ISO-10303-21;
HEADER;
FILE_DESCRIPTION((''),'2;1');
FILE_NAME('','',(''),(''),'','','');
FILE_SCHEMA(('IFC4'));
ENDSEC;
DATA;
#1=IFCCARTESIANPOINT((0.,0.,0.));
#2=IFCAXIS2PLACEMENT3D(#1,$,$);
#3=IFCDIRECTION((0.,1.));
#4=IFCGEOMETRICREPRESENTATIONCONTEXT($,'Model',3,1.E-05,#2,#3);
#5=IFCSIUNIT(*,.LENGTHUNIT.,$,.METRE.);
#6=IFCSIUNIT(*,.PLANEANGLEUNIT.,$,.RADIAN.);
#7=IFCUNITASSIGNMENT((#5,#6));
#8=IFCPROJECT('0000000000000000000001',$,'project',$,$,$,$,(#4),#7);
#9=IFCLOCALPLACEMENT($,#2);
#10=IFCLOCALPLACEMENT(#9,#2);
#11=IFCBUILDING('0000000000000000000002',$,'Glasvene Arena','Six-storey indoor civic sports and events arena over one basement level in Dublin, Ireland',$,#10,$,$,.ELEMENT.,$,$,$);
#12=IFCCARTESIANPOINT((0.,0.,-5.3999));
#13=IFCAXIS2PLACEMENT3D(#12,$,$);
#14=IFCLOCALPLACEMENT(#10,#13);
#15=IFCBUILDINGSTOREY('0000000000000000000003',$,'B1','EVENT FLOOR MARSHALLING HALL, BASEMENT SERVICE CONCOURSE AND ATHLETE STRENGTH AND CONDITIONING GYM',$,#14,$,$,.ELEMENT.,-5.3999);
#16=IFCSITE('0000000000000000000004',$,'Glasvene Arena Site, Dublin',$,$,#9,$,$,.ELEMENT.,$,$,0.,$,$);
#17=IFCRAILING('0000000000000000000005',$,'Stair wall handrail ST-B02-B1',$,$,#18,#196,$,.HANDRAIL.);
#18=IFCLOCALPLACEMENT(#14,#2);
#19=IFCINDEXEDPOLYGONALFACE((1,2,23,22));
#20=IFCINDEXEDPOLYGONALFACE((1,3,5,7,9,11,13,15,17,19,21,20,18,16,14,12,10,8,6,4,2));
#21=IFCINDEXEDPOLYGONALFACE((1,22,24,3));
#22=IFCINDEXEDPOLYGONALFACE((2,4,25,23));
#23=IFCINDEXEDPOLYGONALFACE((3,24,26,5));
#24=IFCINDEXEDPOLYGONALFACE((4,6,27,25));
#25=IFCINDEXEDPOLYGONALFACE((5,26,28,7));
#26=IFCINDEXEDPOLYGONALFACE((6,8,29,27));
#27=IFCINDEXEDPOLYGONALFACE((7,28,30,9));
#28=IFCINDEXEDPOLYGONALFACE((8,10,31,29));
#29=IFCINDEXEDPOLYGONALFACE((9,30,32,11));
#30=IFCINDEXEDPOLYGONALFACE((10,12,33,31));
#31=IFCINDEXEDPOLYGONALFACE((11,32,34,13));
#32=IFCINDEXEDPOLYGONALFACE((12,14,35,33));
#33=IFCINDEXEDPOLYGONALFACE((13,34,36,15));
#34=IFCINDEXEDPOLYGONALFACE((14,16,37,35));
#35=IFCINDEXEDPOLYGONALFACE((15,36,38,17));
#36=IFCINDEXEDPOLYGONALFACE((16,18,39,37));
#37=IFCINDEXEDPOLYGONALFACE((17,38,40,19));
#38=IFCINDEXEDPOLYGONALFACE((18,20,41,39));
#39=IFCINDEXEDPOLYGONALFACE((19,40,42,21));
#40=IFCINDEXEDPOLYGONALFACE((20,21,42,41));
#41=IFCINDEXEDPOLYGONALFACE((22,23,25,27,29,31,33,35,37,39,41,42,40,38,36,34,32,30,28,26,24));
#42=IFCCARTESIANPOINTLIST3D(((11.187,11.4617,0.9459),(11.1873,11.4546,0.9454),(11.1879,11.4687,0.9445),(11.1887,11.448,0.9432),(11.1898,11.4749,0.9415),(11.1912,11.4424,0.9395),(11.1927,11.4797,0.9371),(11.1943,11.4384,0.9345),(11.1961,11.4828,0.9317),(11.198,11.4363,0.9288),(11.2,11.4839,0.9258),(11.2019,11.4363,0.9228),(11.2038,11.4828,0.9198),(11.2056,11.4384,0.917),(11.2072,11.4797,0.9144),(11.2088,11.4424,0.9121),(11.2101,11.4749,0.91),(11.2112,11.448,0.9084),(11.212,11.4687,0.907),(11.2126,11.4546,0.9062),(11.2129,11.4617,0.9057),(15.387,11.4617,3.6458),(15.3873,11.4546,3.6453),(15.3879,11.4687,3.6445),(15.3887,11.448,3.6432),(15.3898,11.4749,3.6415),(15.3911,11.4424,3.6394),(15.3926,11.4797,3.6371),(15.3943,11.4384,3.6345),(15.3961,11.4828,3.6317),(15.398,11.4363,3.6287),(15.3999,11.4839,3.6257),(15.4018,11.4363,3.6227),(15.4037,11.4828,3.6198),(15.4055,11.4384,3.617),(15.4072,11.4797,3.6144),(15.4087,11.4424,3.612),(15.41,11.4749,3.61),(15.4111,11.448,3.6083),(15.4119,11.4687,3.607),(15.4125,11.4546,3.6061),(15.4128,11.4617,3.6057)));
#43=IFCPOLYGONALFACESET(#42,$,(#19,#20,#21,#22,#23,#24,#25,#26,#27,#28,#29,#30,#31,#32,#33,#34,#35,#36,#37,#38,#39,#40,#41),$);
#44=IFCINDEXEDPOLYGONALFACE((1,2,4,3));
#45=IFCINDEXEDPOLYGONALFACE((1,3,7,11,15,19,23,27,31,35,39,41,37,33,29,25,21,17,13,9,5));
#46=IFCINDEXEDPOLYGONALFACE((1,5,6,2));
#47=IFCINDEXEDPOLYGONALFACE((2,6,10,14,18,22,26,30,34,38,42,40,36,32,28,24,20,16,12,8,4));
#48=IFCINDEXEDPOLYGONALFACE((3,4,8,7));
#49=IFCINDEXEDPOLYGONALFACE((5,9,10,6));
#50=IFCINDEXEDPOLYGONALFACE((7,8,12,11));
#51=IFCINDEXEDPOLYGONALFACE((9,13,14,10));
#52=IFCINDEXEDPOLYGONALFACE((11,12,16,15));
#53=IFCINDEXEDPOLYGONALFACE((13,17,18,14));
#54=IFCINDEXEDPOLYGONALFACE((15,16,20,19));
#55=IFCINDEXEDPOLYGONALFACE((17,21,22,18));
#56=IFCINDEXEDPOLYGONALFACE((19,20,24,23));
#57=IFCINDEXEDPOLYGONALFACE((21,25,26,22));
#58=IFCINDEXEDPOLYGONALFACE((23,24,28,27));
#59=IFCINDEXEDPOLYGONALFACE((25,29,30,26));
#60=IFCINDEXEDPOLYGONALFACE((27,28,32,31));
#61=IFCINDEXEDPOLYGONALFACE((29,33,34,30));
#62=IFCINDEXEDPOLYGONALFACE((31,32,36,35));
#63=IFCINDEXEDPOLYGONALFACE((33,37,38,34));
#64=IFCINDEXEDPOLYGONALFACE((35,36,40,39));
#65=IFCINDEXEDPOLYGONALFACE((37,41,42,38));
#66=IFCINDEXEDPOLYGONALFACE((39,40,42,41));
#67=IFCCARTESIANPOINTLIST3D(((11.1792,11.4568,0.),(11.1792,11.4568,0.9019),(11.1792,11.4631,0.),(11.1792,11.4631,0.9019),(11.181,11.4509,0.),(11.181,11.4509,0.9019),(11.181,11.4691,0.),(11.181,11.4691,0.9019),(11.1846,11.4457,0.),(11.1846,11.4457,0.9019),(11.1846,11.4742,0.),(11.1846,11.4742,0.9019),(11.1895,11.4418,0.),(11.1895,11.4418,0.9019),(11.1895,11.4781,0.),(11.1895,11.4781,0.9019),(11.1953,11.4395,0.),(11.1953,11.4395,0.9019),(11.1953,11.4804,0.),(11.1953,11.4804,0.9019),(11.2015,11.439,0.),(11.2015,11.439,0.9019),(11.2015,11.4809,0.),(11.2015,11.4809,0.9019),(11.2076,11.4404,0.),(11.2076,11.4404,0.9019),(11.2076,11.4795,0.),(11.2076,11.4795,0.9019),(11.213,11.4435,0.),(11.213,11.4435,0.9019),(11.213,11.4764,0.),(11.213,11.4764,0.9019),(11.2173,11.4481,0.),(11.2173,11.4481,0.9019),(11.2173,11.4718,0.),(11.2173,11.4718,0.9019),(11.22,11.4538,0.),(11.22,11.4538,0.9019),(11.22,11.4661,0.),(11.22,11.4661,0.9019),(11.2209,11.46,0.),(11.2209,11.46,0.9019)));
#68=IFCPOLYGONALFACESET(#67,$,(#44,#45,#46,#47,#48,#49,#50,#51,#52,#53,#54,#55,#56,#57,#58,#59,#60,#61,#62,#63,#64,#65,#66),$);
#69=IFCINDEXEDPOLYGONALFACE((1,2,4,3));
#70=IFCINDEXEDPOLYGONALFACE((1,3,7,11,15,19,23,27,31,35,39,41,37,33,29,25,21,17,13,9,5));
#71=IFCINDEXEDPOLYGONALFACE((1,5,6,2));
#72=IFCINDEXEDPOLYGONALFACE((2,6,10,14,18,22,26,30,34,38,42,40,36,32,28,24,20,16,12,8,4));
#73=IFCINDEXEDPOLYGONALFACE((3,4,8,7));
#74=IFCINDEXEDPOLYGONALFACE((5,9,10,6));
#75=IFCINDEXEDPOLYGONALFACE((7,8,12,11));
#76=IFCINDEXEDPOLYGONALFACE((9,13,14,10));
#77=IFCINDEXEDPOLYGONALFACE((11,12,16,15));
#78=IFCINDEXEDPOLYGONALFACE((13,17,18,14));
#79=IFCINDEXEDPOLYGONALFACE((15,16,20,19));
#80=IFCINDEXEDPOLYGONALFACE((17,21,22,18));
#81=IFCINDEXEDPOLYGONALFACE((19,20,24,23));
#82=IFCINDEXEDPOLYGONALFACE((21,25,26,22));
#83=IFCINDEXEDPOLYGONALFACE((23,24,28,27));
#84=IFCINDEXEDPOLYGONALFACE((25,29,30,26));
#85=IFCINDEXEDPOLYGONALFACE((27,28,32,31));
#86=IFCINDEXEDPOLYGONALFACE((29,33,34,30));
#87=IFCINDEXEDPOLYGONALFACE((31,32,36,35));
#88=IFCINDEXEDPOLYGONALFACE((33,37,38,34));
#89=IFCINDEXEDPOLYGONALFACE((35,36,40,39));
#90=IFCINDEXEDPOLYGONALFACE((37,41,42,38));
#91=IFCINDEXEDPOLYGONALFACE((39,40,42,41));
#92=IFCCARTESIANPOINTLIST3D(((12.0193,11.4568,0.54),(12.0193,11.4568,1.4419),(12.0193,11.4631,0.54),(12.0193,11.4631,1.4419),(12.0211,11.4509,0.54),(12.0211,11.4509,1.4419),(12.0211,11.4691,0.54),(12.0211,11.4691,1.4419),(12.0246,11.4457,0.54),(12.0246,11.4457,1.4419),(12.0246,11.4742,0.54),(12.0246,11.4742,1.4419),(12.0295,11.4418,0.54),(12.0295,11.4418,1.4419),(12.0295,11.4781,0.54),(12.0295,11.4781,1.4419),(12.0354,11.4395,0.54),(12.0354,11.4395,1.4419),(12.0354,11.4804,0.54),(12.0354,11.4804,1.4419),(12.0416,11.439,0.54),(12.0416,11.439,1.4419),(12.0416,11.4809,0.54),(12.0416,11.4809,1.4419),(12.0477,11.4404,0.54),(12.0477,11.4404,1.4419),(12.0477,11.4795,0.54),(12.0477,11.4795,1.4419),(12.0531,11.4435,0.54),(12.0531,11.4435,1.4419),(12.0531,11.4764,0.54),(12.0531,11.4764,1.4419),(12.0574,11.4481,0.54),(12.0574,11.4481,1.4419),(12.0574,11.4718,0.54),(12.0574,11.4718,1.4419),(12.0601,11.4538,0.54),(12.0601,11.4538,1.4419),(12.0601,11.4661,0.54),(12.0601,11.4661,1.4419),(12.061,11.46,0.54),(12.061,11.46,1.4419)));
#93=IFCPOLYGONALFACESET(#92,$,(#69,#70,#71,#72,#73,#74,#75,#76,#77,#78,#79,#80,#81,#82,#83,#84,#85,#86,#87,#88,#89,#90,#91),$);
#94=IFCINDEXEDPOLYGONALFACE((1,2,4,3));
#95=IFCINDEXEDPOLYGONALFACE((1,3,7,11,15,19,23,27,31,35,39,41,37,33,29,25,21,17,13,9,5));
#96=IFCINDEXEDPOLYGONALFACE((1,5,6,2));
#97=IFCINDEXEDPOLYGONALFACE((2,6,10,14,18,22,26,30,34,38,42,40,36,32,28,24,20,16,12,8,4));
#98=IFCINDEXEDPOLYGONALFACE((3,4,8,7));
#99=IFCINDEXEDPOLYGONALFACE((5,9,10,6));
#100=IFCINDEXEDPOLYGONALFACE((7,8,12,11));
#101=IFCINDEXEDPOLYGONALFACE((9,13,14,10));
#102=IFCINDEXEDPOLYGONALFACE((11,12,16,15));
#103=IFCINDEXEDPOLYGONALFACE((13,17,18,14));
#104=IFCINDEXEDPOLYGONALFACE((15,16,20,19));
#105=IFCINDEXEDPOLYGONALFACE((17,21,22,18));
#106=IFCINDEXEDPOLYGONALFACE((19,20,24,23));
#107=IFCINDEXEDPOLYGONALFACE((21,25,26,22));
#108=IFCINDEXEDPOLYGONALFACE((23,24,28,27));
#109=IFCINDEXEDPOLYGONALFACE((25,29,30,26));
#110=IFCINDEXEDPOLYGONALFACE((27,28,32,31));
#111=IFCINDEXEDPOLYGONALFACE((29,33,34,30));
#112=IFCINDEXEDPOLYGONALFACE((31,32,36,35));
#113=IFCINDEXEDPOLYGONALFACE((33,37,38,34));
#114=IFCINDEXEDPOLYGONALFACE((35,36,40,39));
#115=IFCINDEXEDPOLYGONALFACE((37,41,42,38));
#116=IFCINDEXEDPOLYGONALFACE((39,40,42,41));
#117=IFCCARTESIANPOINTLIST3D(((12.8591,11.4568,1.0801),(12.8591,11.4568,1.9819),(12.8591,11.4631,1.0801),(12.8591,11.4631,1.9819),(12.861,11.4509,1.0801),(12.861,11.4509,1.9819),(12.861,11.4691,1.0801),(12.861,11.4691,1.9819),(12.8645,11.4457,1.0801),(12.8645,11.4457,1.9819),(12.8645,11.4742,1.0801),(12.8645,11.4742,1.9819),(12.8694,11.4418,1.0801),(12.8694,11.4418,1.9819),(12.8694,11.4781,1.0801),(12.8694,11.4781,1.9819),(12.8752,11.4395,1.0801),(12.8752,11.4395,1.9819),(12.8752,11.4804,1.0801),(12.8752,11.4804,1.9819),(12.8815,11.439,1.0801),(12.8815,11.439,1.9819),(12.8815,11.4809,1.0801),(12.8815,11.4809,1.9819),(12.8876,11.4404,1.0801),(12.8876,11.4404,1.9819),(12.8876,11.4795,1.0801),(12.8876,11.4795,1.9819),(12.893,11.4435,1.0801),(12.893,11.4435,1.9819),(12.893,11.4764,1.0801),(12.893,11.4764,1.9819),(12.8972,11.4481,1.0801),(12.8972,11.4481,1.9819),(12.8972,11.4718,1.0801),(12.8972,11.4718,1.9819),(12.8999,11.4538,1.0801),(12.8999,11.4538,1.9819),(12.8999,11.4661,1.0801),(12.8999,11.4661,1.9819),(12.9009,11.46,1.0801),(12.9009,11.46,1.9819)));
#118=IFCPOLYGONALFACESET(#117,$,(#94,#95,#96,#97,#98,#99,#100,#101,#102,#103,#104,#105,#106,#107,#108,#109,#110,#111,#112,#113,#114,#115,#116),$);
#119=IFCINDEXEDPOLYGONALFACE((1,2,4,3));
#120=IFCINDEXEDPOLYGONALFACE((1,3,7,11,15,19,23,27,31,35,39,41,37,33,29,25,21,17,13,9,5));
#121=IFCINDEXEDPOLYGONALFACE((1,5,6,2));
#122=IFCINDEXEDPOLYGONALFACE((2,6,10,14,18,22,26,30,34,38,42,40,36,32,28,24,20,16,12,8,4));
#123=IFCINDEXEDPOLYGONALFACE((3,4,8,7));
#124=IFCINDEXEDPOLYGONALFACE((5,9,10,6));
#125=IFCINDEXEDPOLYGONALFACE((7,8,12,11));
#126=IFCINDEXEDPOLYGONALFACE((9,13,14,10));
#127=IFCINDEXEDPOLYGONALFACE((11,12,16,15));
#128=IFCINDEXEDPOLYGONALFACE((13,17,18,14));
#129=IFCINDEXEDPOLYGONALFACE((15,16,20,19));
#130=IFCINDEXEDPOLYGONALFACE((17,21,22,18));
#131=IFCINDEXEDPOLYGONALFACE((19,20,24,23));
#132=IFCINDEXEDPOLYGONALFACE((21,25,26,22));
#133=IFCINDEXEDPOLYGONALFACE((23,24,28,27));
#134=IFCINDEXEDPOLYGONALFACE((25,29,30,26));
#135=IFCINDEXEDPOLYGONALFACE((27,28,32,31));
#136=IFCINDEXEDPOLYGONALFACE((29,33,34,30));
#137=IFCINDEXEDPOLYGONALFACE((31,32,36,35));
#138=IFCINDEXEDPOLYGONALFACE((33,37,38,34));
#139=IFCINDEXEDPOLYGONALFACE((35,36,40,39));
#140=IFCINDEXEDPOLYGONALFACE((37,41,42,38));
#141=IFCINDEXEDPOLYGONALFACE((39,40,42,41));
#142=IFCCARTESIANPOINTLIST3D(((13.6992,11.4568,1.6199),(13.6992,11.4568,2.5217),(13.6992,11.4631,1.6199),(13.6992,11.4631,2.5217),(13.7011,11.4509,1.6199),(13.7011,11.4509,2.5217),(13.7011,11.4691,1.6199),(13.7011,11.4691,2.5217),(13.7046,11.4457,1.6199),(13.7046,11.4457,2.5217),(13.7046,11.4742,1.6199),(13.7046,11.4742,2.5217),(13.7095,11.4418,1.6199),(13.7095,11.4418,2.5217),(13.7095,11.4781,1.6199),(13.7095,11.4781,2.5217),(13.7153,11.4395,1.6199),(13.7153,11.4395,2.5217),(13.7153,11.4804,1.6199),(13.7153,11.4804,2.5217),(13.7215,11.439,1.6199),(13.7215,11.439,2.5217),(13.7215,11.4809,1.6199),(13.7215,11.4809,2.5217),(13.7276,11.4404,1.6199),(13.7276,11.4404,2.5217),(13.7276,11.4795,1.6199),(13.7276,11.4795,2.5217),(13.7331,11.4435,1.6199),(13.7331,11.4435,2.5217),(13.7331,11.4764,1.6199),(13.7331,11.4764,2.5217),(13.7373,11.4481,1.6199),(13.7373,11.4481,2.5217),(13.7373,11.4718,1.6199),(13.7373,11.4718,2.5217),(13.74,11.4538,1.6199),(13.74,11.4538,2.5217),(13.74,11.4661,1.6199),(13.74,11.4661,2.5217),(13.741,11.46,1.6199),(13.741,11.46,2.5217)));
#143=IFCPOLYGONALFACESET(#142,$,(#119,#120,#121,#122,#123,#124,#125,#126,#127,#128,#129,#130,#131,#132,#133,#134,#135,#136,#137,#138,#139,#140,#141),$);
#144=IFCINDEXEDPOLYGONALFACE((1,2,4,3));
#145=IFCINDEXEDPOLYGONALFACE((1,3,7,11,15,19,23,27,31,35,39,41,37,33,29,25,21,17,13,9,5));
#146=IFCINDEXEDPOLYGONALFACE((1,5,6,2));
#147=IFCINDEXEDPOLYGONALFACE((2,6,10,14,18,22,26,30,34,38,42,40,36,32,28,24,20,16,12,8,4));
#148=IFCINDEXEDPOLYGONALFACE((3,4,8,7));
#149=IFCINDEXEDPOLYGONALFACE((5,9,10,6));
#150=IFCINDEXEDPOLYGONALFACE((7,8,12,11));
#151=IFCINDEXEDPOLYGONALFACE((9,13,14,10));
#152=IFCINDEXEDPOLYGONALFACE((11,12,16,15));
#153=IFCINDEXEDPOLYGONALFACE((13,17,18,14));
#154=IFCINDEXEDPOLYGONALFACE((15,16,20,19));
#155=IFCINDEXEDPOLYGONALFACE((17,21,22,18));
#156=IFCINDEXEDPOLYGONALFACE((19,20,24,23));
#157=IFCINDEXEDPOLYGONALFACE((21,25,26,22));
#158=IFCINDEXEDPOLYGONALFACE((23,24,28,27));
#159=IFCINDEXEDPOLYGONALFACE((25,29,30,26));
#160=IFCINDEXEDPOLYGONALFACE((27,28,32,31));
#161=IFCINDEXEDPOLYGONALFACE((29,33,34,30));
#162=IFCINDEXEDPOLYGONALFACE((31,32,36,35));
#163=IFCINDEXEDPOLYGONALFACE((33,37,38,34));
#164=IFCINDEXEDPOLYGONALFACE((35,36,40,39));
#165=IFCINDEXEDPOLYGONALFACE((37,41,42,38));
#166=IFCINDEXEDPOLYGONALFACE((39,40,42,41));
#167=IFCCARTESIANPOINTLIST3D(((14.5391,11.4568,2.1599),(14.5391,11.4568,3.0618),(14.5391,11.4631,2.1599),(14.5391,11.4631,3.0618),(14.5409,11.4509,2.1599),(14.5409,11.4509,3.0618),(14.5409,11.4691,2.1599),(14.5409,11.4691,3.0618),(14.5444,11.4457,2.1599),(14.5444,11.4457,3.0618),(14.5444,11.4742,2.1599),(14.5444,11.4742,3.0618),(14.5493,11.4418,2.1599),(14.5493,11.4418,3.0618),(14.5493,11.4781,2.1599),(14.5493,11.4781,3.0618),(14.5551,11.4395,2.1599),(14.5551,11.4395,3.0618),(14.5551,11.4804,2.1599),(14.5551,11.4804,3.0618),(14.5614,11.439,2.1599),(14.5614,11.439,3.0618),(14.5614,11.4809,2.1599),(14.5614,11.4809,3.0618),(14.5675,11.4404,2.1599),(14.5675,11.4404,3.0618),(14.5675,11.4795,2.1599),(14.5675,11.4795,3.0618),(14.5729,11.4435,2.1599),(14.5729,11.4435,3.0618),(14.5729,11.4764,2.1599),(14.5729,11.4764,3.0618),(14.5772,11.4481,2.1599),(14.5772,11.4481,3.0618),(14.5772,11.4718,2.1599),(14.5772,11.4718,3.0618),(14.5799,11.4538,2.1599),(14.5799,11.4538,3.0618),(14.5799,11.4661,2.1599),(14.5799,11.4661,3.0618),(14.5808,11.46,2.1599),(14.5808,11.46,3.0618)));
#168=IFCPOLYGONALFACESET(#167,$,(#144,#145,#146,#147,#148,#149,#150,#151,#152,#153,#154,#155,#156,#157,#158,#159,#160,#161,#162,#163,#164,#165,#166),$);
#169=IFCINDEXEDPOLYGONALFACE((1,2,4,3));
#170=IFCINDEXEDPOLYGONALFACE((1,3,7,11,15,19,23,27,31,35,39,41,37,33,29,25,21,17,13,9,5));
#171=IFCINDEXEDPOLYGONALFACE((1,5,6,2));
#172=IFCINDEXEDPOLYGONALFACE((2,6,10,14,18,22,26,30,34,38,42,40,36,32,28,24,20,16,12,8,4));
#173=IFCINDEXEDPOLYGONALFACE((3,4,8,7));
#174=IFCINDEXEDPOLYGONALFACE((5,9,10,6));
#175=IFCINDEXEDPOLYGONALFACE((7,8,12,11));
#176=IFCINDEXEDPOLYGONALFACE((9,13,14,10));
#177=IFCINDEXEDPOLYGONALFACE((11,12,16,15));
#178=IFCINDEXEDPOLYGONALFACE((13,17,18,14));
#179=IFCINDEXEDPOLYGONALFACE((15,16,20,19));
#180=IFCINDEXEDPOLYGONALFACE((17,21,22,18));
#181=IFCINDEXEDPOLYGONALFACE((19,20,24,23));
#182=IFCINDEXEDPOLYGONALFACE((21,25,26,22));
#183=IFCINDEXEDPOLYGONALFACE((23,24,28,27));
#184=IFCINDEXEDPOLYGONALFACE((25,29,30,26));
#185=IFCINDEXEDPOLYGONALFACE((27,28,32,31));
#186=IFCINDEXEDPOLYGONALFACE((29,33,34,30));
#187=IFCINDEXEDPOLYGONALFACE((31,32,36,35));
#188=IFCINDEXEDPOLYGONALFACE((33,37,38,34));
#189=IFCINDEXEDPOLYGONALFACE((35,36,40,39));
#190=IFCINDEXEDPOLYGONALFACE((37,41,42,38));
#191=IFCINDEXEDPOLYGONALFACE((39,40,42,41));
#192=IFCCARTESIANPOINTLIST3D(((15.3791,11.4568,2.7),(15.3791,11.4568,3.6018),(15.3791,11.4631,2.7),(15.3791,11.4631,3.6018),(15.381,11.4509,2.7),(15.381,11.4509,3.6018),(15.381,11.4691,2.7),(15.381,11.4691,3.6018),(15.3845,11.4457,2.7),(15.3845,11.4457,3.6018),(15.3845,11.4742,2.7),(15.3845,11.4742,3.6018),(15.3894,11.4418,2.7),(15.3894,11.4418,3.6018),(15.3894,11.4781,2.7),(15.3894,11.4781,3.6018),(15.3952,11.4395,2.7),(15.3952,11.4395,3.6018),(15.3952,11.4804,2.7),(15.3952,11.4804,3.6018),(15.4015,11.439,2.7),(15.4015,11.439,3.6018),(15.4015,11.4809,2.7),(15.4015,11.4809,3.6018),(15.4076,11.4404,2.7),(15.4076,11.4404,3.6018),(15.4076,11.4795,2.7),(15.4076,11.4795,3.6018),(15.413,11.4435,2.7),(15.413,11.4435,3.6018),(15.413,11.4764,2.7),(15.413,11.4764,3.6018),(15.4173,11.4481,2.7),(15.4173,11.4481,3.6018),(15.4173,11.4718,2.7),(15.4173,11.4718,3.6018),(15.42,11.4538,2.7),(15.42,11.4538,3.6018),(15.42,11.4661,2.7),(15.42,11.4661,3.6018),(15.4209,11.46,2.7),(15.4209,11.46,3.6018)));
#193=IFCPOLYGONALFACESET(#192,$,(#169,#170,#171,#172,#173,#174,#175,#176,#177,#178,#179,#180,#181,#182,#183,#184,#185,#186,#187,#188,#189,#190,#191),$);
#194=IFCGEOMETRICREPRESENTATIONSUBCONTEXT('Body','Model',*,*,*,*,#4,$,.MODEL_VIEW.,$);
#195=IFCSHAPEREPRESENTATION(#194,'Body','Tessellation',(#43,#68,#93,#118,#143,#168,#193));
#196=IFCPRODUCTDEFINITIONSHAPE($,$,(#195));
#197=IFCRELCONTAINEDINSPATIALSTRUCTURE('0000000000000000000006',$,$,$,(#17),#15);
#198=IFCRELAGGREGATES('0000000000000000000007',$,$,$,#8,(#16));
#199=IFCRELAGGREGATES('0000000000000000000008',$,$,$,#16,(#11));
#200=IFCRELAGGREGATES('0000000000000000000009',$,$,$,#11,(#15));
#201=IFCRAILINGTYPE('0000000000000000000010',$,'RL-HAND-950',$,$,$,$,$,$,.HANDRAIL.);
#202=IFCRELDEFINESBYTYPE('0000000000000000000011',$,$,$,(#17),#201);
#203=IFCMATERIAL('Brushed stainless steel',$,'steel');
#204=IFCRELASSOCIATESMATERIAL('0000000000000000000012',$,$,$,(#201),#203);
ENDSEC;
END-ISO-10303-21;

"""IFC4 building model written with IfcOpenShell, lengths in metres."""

from ifc_helpers import new_model, si_unit, direction, frame, origin, origin_2d, place, context, subcontext, project, spatial, circle, extrude, material, type_object, element, save


model = new_model("IFC4")

# Units and contexts
model_context = context("Model", 3, precision=1e-05, world=origin(), true_north=direction((0.0, 1.0)))
body_context = subcontext(model_context, "Body", "Model", "MODEL_VIEW")
ifc_project = project(units=[si_unit("LENGTHUNIT", "METRE"), si_unit("PLANEANGLEUNIT", "RADIAN")], contexts=[model_context])

# Site, building, storey
site_placement = place(None, origin())
site = spatial("IfcSite", under=ifc_project, at=site_placement, Name="Glasvene Arena Site, Dublin", CompositionType="ELEMENT", RefElevation=0.0)
building_placement = place(site_placement, origin())
building = spatial("IfcBuilding", under=site, at=building_placement, Name="Glasvene Arena", Description="Six-storey indoor civic sports and events arena over one basement level in Dublin, Ireland", CompositionType="ELEMENT")
storey_placement = place(building_placement, frame((0.0, 0.0, -5.3999)))
storey = spatial("IfcBuildingStorey", under=building, at=storey_placement, Name="B1", Description="EVENT FLOOR MARSHALLING HALL, BASEMENT SERVICE CONCOURSE AND ATHLETE STRENGTH AND CONDITIONING GYM", CompositionType="ELEMENT", Elevation=-5.3999)

# Railing
ifc_material_1 = material(Name="Brushed stainless steel", Category="steel")
railing_type_1 = type_object("IfcRailingType", Name="RL-HAND-950", PredefinedType="HANDRAIL", material=ifc_material_1)
railing_1_placement = place(storey_placement, frame((11.2, 11.46, 0.0)))
element("IfcRailing", 1, at=railing_1_placement, inside=storey, type_object=railing_type_1, Name="Stair wall handrail ST-B02-B1", PredefinedType="HANDRAIL", context=body_context, shape_type="SweptSolid", body=[
    extrude(circle(Radius=0.0239, at=origin_2d()), frame((0.0, 0.0, 0.9258), z_axis=(0.84118, 0.0, 0.540755), x_axis=(0.0, 1.0, 0.0)), (0.0, 0.0, 1.0), 4.9929),
    extrude(circle(Radius=0.021, at=origin_2d()), origin(), (0.0, 0.0, 1.0), 0.9019),
    extrude(circle(Radius=0.021, at=origin_2d()), frame((0.8401, 0.0, 0.54)), (0.0, 0.0, 1.0), 0.9019),
    extrude(circle(Radius=0.021, at=origin_2d()), frame((1.6799, 0.0, 1.0801)), (0.0, 0.0, 1.0), 0.9019),
    extrude(circle(Radius=0.021, at=origin_2d()), frame((2.52, 0.0, 1.6199)), (0.0, 0.0, 1.0), 0.9019),
    extrude(circle(Radius=0.021, at=origin_2d()), frame((3.3599, 0.0, 2.1599)), (0.0, 0.0, 1.0), 0.9019),
    extrude(circle(Radius=0.021, at=origin_2d()), frame((4.2, 0.0, 2.7)), (0.0, 0.0, 1.0), 0.9019),
])

save(model, "model.ifc")
